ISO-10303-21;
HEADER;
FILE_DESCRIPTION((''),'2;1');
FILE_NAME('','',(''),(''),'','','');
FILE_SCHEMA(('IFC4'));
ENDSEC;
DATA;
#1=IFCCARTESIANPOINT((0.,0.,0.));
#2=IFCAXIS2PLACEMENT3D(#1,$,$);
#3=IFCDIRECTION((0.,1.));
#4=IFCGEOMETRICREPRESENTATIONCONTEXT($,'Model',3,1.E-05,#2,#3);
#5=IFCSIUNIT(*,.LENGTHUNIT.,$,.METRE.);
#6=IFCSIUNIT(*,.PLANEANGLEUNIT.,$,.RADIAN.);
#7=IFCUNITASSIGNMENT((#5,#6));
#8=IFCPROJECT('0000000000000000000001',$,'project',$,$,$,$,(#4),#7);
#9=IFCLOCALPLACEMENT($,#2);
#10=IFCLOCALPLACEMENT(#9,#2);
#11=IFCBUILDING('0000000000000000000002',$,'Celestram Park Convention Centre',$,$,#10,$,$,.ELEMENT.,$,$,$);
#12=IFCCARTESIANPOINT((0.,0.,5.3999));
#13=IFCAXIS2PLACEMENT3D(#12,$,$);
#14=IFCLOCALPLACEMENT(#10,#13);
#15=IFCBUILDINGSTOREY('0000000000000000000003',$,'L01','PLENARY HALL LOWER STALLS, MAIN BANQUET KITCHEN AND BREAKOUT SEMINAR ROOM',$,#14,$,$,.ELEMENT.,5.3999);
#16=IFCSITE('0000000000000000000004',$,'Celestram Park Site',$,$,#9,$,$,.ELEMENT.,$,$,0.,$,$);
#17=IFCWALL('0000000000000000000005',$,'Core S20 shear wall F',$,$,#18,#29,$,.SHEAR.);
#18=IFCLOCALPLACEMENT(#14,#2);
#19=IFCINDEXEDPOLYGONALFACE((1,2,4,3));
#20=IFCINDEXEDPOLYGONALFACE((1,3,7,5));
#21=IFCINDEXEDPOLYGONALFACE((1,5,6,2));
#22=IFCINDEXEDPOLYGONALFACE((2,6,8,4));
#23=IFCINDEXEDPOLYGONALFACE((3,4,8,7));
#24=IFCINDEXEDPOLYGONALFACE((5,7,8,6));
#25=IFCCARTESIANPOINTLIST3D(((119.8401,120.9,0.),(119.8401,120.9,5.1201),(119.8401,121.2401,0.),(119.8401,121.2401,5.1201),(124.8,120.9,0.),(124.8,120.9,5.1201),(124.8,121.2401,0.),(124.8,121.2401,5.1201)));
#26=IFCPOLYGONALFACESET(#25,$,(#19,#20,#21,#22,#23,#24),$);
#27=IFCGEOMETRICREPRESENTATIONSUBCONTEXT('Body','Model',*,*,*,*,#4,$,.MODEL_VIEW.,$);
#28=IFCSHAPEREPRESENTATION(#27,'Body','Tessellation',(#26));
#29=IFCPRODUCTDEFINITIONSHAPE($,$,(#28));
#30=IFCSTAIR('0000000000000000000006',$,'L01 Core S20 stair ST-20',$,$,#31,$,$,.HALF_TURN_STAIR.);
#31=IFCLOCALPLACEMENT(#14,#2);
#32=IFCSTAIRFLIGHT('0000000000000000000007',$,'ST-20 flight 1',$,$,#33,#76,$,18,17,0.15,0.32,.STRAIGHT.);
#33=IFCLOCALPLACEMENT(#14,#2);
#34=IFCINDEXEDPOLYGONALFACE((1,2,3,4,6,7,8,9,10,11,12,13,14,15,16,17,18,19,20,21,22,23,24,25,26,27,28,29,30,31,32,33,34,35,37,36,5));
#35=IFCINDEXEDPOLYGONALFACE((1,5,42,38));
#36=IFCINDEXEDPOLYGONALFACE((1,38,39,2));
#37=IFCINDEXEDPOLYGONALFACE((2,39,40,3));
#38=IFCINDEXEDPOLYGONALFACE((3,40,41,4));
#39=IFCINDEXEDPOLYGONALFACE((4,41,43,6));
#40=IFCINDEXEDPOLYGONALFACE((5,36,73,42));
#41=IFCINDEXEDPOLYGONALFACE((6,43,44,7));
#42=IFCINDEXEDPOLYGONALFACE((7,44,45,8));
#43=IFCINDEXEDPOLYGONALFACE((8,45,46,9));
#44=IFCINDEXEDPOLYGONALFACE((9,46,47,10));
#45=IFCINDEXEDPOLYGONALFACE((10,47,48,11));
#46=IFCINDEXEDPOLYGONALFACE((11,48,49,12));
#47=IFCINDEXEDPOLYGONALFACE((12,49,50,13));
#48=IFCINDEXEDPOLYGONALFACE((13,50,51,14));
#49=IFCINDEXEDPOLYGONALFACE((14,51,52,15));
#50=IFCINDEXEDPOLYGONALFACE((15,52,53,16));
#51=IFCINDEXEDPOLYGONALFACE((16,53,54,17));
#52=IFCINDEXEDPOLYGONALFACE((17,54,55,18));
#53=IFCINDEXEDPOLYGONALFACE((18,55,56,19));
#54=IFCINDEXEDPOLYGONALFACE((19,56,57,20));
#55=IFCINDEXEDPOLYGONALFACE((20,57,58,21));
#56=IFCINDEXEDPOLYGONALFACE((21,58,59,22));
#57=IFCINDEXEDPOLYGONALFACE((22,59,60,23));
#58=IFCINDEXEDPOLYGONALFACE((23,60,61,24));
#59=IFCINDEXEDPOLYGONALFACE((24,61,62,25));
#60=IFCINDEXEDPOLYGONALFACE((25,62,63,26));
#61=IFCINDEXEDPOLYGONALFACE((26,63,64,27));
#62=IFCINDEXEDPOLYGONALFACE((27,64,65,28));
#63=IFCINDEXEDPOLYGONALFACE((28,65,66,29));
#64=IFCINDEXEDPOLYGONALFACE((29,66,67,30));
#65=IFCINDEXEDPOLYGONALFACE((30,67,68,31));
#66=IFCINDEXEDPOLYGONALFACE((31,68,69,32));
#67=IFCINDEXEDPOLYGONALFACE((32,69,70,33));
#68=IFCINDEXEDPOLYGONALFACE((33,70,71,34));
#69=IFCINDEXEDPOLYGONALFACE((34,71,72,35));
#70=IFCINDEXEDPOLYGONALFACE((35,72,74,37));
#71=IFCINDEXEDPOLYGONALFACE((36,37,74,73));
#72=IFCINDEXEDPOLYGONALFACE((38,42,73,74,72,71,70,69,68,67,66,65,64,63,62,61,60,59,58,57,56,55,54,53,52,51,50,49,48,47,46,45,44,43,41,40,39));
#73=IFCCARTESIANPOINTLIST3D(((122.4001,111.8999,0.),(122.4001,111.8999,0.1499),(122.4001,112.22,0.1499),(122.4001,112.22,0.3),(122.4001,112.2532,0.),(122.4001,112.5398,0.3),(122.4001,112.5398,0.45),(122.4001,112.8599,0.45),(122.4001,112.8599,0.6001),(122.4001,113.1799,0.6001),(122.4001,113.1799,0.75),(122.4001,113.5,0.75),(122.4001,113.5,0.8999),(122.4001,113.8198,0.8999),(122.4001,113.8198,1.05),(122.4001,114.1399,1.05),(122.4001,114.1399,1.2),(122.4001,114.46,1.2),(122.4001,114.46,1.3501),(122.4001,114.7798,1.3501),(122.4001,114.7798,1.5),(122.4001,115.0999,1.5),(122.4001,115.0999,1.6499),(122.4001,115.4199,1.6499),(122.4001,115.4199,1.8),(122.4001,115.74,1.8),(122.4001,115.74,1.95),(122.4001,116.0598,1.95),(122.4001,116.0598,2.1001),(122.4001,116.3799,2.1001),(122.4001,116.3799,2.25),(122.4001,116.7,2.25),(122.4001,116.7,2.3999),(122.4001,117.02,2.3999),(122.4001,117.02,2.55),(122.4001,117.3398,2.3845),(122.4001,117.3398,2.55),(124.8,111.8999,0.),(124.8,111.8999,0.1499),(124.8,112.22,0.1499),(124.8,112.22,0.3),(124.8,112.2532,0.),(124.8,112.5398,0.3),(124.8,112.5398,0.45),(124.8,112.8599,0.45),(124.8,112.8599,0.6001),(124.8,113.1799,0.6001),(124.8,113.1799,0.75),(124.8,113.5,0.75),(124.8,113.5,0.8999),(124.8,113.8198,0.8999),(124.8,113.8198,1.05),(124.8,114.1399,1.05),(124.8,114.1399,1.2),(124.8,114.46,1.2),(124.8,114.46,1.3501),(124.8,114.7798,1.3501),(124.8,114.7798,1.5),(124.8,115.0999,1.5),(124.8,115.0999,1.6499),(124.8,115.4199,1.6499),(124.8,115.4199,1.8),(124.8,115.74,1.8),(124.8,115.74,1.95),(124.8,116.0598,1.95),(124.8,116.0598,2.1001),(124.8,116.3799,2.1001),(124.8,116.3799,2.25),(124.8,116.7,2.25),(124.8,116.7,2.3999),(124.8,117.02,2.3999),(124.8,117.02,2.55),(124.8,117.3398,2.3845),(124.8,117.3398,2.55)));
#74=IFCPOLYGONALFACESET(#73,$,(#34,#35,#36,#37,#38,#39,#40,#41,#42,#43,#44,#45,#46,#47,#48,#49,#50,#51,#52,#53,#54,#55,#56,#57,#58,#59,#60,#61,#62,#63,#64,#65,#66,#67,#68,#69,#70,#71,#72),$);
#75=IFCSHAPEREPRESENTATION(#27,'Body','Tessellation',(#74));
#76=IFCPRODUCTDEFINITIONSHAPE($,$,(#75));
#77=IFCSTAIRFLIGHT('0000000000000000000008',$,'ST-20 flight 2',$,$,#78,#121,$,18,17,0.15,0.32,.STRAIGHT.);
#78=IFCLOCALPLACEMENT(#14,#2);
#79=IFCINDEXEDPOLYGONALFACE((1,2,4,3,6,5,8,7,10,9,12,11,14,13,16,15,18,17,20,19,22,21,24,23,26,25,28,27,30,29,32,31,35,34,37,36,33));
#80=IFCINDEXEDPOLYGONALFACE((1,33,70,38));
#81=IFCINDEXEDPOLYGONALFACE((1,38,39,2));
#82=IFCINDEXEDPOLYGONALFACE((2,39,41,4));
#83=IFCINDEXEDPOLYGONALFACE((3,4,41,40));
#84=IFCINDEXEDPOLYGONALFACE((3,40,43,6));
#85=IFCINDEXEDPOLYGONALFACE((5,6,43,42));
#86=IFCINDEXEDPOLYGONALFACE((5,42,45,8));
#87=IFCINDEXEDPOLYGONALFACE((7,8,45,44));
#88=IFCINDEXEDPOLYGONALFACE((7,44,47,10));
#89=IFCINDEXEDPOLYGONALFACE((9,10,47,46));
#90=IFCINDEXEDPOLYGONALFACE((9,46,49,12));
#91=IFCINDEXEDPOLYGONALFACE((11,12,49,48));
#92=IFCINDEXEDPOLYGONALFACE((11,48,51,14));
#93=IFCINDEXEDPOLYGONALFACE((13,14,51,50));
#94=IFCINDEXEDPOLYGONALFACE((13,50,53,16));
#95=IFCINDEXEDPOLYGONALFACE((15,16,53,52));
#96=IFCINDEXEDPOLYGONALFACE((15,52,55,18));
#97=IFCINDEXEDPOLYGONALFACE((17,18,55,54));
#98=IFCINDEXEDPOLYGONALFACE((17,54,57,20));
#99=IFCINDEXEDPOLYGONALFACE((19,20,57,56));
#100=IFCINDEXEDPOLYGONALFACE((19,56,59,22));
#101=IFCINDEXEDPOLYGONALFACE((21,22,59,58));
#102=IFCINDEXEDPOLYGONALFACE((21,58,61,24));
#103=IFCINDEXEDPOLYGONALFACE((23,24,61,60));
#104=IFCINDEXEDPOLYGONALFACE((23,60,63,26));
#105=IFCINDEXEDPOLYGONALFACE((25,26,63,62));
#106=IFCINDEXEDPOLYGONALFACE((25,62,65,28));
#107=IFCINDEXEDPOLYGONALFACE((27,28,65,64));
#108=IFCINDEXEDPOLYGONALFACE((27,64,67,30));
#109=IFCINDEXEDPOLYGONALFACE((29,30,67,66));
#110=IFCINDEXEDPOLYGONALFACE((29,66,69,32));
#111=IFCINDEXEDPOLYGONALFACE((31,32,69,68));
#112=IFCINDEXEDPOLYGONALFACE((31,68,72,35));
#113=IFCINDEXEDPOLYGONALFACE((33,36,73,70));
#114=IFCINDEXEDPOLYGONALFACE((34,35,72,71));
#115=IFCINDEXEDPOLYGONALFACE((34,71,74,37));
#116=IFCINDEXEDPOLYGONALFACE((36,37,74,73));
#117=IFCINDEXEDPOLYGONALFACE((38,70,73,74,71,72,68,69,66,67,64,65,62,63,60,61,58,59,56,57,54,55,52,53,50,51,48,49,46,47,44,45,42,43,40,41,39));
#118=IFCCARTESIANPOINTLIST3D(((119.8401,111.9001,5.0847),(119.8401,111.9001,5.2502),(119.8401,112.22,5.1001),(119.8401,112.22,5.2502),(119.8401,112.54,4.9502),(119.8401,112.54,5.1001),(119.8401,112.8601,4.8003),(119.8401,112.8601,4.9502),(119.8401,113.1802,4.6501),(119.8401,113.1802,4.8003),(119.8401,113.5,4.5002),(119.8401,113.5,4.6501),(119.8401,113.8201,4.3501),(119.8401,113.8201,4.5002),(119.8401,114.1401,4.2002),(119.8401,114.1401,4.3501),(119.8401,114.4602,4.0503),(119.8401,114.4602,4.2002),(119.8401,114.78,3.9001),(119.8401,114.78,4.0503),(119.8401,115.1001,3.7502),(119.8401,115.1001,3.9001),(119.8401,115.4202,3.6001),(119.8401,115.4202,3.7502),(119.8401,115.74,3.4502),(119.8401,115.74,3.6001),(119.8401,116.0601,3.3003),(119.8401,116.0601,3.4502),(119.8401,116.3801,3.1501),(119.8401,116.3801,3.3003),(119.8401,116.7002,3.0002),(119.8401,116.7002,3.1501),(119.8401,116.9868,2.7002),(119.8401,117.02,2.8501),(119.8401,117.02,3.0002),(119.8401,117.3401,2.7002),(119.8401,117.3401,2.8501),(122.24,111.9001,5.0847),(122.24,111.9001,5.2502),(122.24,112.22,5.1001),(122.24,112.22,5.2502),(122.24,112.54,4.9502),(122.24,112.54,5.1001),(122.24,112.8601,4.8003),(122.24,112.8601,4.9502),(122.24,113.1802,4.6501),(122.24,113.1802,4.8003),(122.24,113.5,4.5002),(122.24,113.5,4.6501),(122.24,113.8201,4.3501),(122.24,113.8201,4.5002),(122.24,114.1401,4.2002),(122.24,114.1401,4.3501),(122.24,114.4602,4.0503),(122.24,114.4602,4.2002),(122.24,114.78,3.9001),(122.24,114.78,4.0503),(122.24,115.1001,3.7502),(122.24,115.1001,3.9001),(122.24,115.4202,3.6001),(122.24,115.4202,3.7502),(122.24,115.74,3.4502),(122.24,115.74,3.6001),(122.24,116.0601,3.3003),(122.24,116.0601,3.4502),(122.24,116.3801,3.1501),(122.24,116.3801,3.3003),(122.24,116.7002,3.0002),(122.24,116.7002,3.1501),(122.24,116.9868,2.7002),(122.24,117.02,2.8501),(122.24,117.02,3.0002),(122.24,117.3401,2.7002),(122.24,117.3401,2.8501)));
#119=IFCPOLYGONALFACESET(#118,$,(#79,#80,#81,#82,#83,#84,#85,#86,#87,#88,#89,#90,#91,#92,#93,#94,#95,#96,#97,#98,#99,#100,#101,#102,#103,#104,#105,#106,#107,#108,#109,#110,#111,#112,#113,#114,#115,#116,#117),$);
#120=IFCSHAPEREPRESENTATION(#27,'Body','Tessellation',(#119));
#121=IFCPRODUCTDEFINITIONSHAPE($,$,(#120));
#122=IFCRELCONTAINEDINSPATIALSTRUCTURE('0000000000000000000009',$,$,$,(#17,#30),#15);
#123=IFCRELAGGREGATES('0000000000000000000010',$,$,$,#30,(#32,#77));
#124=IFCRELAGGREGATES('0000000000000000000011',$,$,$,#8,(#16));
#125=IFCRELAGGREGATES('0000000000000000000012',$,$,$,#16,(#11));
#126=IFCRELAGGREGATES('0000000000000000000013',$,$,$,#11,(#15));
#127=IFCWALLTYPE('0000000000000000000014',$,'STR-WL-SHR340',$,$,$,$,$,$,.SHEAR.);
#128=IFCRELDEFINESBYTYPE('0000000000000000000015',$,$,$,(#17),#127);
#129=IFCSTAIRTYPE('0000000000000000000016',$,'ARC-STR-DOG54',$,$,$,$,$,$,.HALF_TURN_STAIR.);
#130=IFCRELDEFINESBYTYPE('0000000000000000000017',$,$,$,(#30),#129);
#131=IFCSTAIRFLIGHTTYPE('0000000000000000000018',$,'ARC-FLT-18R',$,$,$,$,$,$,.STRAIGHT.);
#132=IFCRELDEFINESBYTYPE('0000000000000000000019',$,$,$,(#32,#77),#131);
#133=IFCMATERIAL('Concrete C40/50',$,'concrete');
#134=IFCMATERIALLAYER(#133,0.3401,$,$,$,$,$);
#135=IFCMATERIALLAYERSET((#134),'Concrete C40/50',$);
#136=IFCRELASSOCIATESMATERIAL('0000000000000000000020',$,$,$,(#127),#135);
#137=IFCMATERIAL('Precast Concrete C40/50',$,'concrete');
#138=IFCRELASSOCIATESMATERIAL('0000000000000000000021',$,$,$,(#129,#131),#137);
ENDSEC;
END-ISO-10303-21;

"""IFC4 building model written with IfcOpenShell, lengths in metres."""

from ifc_helpers import new_model, si_unit, direction, frame, frame_2d, origin, place, context, subcontext, project, spatial, polyline, rectangle, outline, extrude, material, layer, layer_set, type_object, element, aggregate, save


model = new_model("IFC4")

# Units and contexts
model_context = context("Model", 3, precision=1e-05, world=origin(), true_north=direction((0.0, 1.0)))
body_context = subcontext(model_context, "Body", "Model", "MODEL_VIEW")
ifc_project = project(units=[si_unit("LENGTHUNIT", "METRE"), si_unit("PLANEANGLEUNIT", "RADIAN")], contexts=[model_context])

# Site, building, storey
site_placement = place(None, origin())
site = spatial("IfcSite", under=ifc_project, at=site_placement, Name="Celestram Park Site", CompositionType="ELEMENT", RefElevation=0.0)
building_placement = place(site_placement, origin())
building = spatial("IfcBuilding", under=site, at=building_placement, Name="Celestram Park Convention Centre", CompositionType="ELEMENT")
storey_placement = place(building_placement, frame((0.0, 0.0, 5.3999)))
storey = spatial("IfcBuildingStorey", under=building, at=storey_placement, Name="L01", Description="PLENARY HALL LOWER STALLS, MAIN BANQUET KITCHEN AND BREAKOUT SEMINAR ROOM", CompositionType="ELEMENT", Elevation=5.3999)

# Shared definitions
ifc_material_1 = material(Name="Concrete C40/50", Category="concrete")

# Wall
ifc_layer_1 = layer(ifc_material_1, 0.3401)
ifc_layer_set_1 = layer_set([ifc_layer_1], Name="Concrete C40/50")
wall_type_1 = type_object("IfcWallType", Name="STR-WL-SHR340", PredefinedType="SHEAR", material=ifc_layer_set_1)
wall_1_placement = place(storey_placement, frame((119.8401, 121.0701, 0.0), z_axis=(0.0, 0.0, 1.0), x_axis=(1.0, 0.0, 0.0)))
element("IfcWall", 1, at=wall_1_placement, inside=storey, type_object=wall_type_1, Name="Core S20 shear wall F", PredefinedType="SHEAR", context=body_context, shape_type="SweptSolid", body=[
    extrude(rectangle(XDim=4.96, YDim=0.3401, at=frame_2d((2.48, 0.0))), origin(), (0.0, 0.0, 1.0), 5.1201),
])

# Stair, stair flights
ifc_material_2 = material(Name="Precast Concrete C40/50", Category="concrete")
stair_type = type_object("IfcStairType", Name="ARC-STR-DOG54", PredefinedType="HALF_TURN_STAIR", material=ifc_material_2)
stair_placement = place(storey_placement, origin())
stair = element("IfcStair", 2, at=stair_placement, inside=storey, type_object=stair_type, Name="L01 Core S20 stair ST-20", PredefinedType="HALF_TURN_STAIR")
stair_flight_type = type_object("IfcStairFlightType", Name="ARC-FLT-18R", PredefinedType="STRAIGHT", material=ifc_material_2)
stair_flight_1_placement = place(storey_placement, frame((123.6001, 111.8999, 0.0), z_axis=(0.0, 0.0, 1.0), x_axis=(0.0, 1.0, 0.0)))
stair_flight_1 = element("IfcStairFlight", 3, at=stair_flight_1_placement, type_object=stair_flight_type, Name="ST-20 flight 1", NumberOfRisers=18, NumberOfTreads=17, PredefinedType="STRAIGHT", RiserHeight=0.15, TreadLength=0.32, context=body_context, shape_type="SweptSolid", body=[
    extrude(outline(polyline([(0.0, 0.0), (0.0, 0.1499), (0.3201, 0.1499), (0.3201, 0.3), (0.6399, 0.3), (0.6399, 0.45), (0.96, 0.45), (0.96, 0.6001), (1.28, 0.6001), (1.28, 0.75), (1.6001, 0.75), (1.6001, 0.8999), (1.9199, 0.8999), (1.9199, 1.05), (2.24, 1.05), (2.24, 1.2), (2.5601, 1.2), (2.5601, 1.3501), (2.8799, 1.3501), (2.8799, 1.5), (3.2, 1.5), (3.2, 1.6499), (3.52, 1.6499), (3.52, 1.8), (3.8401, 1.8), (3.8401, 1.95), (4.1599, 1.95), (4.1599, 2.1001), (4.48, 2.1001), (4.48, 2.25), (4.8, 2.25), (4.8, 2.3999), (5.1201, 2.3999), (5.1201, 2.55), (5.4399, 2.55), (5.4399, 2.7), (5.4399, 2.3845), (0.3533, 0.0), (0.0, 0.0)])), frame((0.0, 1.2, 0.0), z_axis=(0.0, -1.0, 0.0), x_axis=(1.0, 0.0, 0.0)), (0.0, 0.0, 1.0), 2.3999),
])
stair_flight_2_placement = place(storey_placement, frame((121.04, 117.3401, 2.7002), z_axis=(0.0, 0.0, 1.0), x_axis=(0.0, -1.0, 0.0)))
stair_flight_2 = element("IfcStairFlight", 4, at=stair_flight_2_placement, type_object=stair_flight_type, Name="ST-20 flight 2", NumberOfRisers=18, NumberOfTreads=17, PredefinedType="STRAIGHT", RiserHeight=0.15, TreadLength=0.32, context=body_context, shape_type="SweptSolid", body=[
    extrude(outline(polyline([(0.0, 0.0), (0.0, 0.1499), (0.3201, 0.1499), (0.3201, 0.3), (0.6399, 0.3), (0.6399, 0.45), (0.96, 0.45), (0.96, 0.6001), (1.28, 0.6001), (1.28, 0.75), (1.6001, 0.75), (1.6001, 0.8999), (1.9199, 0.8999), (1.9199, 1.05), (2.24, 1.05), (2.24, 1.2), (2.5601, 1.2), (2.5601, 1.3501), (2.8799, 1.3501), (2.8799, 1.5), (3.2, 1.5), (3.2, 1.6499), (3.52, 1.6499), (3.52, 1.8), (3.8401, 1.8), (3.8401, 1.95), (4.1599, 1.95), (4.1599, 2.1001), (4.48, 2.1001), (4.48, 2.25), (4.8, 2.25), (4.8, 2.3999), (5.1201, 2.3999), (5.1201, 2.55), (5.4399, 2.55), (5.4399, 2.7), (5.4399, 2.3845), (0.3533, 0.0), (0.0, 0.0)])), frame((0.0, 1.2, 0.0), z_axis=(0.0, -1.0, 0.0), x_axis=(1.0, 0.0, 0.0)), (0.0, 0.0, 1.0), 2.3999),
])
aggregate(stair, [stair_flight_1, stair_flight_2])

save(model, "model.ifc")
